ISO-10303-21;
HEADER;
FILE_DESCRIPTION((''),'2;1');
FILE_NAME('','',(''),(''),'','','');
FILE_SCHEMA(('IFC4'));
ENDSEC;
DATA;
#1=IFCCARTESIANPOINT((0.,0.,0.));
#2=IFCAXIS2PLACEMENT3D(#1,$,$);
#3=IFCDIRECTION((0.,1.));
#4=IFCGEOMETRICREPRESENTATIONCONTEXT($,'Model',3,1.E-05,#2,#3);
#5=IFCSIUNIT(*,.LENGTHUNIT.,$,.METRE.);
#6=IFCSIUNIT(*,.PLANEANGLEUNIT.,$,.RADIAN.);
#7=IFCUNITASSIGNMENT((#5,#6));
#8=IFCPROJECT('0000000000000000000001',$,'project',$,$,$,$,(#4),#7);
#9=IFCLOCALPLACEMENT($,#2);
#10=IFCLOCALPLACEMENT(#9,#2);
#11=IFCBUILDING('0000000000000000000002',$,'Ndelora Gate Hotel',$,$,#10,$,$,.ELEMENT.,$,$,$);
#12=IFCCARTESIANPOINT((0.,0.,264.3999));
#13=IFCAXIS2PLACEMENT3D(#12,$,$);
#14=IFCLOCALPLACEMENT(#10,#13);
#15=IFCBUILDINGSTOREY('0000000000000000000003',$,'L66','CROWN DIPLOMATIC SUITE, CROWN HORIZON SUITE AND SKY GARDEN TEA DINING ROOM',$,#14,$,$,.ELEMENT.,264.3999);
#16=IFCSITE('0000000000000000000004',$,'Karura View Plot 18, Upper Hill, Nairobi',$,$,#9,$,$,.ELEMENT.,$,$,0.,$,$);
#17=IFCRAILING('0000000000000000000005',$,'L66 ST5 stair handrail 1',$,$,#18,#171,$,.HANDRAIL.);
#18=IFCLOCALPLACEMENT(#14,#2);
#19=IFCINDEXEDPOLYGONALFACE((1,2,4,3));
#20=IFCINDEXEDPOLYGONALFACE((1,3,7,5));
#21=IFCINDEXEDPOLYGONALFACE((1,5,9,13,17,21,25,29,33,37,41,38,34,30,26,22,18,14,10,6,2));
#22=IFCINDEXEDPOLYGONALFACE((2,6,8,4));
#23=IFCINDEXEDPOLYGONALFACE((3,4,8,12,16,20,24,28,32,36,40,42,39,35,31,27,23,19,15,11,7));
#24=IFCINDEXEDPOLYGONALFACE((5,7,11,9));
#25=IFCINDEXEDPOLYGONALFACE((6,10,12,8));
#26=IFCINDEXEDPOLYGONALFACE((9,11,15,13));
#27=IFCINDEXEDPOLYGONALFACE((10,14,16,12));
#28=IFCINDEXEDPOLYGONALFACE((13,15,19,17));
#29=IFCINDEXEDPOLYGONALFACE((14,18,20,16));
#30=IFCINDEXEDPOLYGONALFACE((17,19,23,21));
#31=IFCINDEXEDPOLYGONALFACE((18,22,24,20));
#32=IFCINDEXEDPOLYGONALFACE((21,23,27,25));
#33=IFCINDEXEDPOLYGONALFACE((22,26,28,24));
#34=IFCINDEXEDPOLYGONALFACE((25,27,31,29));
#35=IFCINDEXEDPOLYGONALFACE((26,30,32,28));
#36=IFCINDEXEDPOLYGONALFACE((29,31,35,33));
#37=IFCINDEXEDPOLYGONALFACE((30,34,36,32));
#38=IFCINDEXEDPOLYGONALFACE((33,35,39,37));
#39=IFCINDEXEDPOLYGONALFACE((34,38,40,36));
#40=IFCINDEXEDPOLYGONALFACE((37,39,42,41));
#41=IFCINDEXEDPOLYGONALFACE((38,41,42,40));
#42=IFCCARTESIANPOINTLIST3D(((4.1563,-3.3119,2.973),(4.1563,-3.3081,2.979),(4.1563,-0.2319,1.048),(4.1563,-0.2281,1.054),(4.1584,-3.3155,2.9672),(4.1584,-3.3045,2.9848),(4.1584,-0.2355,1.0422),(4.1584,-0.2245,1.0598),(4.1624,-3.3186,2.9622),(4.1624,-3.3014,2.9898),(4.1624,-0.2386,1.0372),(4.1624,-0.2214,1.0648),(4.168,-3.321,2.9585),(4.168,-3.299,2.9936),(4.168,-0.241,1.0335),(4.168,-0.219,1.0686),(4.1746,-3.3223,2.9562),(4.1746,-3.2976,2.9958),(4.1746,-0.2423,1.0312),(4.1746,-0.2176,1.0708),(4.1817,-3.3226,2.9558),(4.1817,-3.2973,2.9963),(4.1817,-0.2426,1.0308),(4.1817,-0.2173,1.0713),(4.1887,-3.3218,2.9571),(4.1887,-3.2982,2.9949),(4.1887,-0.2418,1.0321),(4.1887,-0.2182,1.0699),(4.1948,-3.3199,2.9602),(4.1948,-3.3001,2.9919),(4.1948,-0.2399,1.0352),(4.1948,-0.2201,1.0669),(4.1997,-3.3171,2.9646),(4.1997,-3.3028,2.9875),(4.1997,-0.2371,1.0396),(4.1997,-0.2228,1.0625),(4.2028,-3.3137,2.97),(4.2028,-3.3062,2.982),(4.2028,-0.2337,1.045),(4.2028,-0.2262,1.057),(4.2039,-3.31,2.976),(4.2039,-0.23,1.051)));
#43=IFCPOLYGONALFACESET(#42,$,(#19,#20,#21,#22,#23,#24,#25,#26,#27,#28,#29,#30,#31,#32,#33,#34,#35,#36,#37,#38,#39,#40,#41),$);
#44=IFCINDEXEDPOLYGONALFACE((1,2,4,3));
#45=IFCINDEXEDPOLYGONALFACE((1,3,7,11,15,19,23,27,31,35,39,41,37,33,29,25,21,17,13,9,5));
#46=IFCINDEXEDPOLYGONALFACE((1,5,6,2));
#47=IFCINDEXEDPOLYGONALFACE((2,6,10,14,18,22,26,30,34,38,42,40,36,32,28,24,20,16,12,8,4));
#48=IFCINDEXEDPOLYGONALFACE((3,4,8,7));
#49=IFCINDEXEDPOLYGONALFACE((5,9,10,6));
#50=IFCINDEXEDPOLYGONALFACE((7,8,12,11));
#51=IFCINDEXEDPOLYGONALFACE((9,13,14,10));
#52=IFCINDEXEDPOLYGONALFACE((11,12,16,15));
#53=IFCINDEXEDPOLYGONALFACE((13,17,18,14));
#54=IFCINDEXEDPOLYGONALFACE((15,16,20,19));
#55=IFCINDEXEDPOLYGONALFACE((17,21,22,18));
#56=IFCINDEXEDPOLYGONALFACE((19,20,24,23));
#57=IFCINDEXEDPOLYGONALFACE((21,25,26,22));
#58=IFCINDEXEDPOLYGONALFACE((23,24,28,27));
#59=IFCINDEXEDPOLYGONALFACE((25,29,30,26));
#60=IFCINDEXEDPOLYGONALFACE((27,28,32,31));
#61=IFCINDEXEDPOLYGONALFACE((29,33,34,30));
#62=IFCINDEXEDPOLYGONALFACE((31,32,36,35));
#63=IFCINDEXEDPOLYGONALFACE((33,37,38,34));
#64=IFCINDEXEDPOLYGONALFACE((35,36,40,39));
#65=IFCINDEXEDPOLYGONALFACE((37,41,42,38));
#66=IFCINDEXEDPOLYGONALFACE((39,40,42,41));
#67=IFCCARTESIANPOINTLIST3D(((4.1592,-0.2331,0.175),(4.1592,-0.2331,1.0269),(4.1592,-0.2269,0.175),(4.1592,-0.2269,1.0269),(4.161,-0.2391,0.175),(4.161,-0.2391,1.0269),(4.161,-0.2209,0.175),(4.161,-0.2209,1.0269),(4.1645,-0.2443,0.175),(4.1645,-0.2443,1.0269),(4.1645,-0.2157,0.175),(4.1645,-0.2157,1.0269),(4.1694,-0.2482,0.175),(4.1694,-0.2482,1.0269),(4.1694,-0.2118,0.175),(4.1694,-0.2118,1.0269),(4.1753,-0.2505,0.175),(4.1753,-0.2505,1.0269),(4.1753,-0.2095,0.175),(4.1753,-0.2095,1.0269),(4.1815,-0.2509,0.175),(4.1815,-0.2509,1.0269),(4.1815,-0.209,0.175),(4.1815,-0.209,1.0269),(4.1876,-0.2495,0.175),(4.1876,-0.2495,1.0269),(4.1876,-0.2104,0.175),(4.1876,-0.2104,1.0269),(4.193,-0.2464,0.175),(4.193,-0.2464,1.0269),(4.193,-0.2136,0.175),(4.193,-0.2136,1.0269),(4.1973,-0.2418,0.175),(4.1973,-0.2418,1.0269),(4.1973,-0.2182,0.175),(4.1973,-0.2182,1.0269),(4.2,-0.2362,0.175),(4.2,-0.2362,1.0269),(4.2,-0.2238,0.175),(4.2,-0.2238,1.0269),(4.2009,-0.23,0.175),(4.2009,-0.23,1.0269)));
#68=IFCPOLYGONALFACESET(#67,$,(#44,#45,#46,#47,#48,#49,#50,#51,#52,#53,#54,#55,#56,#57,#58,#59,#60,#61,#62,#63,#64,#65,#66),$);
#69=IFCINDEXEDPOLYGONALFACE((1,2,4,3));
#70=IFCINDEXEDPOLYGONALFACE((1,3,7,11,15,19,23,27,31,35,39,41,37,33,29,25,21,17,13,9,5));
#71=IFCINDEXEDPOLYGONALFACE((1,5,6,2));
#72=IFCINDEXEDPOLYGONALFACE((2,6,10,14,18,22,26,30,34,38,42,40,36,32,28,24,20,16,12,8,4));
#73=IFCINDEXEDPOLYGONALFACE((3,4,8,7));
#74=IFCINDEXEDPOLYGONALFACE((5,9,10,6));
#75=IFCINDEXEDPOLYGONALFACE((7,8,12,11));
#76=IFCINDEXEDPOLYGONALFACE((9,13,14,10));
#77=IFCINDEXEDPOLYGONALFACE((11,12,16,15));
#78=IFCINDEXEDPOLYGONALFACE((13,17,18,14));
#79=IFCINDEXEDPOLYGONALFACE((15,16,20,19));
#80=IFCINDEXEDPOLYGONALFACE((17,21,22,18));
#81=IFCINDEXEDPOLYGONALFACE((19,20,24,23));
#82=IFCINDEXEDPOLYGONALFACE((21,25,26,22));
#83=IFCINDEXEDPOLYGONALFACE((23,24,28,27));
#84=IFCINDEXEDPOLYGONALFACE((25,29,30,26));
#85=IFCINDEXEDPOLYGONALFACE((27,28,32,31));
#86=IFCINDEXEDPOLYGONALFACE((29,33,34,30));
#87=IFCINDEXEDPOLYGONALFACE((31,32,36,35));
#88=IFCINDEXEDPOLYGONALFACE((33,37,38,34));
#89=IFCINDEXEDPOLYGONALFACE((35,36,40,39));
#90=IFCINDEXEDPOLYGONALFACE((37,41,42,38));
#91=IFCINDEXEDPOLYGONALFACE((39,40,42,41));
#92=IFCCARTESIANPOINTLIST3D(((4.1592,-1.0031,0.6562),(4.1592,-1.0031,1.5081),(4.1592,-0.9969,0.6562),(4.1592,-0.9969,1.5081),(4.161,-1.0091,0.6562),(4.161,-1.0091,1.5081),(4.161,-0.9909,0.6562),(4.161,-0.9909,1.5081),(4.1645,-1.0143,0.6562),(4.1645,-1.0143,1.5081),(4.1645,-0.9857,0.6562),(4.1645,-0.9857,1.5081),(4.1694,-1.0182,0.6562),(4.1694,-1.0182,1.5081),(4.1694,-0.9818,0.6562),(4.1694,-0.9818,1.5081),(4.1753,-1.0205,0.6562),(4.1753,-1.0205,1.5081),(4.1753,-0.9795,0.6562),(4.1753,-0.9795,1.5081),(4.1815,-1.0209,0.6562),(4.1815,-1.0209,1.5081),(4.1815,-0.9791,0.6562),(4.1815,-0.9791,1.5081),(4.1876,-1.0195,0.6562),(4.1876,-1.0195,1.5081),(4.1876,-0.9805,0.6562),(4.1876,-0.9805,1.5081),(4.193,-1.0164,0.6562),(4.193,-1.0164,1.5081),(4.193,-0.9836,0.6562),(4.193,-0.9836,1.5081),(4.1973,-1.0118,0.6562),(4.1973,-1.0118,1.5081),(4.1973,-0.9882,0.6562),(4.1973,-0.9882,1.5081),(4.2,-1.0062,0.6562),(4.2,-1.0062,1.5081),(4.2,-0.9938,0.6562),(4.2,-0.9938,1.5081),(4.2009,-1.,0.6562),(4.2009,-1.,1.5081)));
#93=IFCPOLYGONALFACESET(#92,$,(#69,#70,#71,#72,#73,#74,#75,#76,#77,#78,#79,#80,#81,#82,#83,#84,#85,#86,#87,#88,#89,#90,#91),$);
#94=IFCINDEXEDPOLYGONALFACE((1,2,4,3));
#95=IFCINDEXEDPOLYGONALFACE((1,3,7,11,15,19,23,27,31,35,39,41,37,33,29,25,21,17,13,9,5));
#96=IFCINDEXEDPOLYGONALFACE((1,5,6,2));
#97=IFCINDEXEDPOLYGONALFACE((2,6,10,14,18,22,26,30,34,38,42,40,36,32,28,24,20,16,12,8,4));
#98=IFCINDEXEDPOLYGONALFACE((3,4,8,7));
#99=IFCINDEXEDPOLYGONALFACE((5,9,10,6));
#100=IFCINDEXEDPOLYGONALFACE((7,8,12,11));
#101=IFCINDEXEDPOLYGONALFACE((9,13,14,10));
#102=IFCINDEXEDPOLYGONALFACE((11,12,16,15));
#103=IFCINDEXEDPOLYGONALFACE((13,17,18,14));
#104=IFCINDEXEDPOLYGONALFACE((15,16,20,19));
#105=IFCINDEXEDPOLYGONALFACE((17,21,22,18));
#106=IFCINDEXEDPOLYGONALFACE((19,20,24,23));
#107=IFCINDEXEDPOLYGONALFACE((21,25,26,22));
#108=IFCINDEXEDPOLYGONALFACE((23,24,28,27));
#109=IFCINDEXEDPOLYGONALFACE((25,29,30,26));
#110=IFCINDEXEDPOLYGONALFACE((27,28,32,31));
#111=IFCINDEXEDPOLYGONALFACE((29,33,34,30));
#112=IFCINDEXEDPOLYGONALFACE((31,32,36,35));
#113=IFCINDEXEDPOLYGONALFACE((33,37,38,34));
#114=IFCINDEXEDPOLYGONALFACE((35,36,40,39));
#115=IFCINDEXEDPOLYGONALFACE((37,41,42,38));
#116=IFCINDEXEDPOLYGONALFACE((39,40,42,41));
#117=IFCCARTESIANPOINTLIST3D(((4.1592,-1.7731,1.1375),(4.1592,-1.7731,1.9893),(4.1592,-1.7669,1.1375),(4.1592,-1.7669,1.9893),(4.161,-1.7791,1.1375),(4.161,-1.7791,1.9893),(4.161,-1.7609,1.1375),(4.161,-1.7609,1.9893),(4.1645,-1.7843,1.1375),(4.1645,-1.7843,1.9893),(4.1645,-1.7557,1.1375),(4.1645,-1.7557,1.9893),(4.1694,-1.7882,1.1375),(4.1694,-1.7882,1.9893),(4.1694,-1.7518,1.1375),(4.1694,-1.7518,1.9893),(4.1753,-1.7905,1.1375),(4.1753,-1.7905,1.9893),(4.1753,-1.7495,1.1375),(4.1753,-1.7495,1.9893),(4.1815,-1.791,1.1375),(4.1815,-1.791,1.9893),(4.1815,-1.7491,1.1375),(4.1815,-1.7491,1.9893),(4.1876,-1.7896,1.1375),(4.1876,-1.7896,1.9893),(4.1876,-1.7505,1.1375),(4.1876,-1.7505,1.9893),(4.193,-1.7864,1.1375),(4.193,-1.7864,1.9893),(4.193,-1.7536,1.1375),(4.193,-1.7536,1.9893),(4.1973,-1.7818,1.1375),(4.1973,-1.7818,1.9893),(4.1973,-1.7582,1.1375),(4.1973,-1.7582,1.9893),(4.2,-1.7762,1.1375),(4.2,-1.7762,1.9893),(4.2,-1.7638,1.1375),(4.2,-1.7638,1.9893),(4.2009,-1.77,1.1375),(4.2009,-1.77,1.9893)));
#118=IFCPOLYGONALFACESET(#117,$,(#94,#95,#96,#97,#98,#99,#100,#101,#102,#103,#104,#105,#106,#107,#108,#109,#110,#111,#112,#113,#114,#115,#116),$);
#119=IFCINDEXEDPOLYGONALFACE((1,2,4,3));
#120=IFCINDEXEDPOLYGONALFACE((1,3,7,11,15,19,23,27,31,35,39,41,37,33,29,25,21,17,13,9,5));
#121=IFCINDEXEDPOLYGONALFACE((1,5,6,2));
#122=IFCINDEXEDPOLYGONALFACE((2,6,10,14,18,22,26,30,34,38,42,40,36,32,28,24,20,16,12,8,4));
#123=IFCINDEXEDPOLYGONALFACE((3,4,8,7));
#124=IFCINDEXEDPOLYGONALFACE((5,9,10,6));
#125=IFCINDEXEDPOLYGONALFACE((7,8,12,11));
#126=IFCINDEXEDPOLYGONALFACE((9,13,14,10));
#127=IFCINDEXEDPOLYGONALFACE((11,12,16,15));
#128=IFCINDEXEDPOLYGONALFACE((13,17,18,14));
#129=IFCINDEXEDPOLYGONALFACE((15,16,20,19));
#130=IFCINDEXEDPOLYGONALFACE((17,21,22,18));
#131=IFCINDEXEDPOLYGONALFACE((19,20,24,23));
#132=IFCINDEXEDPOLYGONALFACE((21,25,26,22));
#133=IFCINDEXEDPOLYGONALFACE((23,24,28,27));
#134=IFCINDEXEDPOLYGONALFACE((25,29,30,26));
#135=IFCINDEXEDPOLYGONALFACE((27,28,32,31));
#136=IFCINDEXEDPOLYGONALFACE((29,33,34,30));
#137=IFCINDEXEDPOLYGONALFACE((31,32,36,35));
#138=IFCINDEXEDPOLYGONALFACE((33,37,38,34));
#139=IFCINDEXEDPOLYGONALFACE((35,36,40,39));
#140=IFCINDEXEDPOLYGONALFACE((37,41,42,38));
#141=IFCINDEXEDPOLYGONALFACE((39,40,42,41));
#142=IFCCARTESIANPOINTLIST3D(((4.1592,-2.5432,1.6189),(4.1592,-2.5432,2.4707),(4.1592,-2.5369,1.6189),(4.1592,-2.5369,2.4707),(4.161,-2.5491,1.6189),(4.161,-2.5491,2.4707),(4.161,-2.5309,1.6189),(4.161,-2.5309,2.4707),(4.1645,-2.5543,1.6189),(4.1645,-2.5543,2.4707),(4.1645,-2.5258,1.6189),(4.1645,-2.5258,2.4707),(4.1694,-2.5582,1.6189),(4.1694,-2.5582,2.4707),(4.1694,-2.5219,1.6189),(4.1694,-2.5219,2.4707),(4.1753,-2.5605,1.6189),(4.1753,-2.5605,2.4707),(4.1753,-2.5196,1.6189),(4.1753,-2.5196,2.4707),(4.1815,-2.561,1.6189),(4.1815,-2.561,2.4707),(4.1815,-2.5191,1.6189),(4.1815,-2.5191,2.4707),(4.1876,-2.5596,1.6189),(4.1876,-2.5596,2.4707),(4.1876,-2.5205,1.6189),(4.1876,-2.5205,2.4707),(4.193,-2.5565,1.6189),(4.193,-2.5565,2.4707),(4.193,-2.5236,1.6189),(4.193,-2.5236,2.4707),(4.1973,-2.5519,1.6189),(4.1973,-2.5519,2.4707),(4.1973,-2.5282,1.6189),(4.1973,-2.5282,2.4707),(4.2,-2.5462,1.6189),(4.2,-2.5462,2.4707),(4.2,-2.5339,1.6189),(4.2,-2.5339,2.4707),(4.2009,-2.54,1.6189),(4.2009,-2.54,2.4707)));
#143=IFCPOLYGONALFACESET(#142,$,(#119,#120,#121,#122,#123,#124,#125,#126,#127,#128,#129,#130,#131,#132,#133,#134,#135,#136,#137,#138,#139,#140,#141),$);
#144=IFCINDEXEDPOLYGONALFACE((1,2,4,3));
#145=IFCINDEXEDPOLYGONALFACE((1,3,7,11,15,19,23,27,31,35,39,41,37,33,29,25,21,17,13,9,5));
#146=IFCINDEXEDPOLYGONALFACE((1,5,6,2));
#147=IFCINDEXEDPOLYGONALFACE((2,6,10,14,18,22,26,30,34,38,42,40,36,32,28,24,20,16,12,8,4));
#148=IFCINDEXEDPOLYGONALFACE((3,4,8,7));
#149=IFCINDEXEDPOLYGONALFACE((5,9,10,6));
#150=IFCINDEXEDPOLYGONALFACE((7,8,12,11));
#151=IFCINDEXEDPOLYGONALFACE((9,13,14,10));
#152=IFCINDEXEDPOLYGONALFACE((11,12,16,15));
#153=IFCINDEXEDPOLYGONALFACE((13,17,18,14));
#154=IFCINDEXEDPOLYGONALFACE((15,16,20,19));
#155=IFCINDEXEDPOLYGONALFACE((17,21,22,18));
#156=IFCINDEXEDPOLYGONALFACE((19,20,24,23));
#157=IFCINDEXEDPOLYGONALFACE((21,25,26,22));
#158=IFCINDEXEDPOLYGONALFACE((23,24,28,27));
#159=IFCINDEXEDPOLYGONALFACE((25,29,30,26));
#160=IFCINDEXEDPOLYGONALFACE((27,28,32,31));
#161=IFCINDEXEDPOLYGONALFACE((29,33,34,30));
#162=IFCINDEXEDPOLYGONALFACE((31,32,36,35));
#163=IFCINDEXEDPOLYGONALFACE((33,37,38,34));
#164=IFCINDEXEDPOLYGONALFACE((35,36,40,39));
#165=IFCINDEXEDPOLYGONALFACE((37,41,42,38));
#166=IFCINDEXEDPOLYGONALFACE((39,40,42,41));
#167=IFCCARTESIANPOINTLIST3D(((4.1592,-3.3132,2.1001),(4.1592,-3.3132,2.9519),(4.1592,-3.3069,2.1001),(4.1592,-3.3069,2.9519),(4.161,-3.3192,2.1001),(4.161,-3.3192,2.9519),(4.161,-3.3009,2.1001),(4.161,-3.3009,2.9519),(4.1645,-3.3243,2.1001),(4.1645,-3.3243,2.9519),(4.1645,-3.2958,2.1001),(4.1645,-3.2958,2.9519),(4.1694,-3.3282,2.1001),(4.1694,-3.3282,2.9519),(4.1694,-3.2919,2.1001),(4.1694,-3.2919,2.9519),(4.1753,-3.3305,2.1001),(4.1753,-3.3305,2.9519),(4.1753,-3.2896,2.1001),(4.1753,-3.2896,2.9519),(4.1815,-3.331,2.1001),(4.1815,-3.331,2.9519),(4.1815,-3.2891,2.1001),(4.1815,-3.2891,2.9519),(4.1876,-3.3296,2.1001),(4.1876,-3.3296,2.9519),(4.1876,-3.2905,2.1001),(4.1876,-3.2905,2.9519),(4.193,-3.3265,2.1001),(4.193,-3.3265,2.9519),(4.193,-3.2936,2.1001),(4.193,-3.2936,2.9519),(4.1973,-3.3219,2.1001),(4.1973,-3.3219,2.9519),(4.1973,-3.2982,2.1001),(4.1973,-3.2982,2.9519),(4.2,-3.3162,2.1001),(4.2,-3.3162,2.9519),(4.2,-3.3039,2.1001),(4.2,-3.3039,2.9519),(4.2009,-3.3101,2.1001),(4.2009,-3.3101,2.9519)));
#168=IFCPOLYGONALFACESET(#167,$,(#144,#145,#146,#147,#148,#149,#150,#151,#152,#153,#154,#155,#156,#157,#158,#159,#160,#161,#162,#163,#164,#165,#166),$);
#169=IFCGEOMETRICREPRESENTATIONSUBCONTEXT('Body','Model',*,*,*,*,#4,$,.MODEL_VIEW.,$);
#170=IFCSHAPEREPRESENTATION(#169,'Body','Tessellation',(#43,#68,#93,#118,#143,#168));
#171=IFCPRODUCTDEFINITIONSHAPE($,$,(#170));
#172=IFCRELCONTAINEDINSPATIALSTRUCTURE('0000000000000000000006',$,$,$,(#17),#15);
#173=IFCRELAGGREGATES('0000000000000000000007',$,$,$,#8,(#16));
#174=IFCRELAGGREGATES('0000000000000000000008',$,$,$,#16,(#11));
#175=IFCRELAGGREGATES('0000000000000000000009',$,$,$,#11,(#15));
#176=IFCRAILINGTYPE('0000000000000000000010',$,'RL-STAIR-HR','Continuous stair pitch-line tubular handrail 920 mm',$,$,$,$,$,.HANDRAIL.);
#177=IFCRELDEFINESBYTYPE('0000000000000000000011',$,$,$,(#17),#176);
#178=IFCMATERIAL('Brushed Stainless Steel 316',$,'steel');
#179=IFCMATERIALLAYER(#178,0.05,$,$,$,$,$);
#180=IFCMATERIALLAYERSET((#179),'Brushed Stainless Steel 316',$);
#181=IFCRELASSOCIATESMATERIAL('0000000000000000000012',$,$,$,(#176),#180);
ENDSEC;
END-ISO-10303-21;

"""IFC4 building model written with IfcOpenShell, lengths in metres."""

from ifc_helpers import new_model, si_unit, direction, frame, origin, origin_2d, place, context, subcontext, project, spatial, circle, extrude, material, layer, layer_set, type_object, element, save


model = new_model("IFC4")

# Units and contexts
model_context = context("Model", 3, precision=1e-05, world=origin(), true_north=direction((0.0, 1.0)))
body_context = subcontext(model_context, "Body", "Model", "MODEL_VIEW")
ifc_project = project(units=[si_unit("LENGTHUNIT", "METRE"), si_unit("PLANEANGLEUNIT", "RADIAN")], contexts=[model_context])

# Site, building, storey
site_placement = place(None, origin())
site = spatial("IfcSite", under=ifc_project, at=site_placement, Name="Karura View Plot 18, Upper Hill, Nairobi", CompositionType="ELEMENT", RefElevation=0.0)
building_placement = place(site_placement, origin())
building = spatial("IfcBuilding", under=site, at=building_placement, Name="Ndelora Gate Hotel", CompositionType="ELEMENT")
storey_placement = place(building_placement, frame((0.0, 0.0, 264.3999)))
storey = spatial("IfcBuildingStorey", under=building, at=storey_placement, Name="L66", Description="CROWN DIPLOMATIC SUITE, CROWN HORIZON SUITE AND SKY GARDEN TEA DINING ROOM", CompositionType="ELEMENT", Elevation=264.3999)

# Railing
ifc_material_1 = material(Name="Brushed Stainless Steel 316", Category="steel")
ifc_layer_1 = layer(ifc_material_1, 0.05)
ifc_layer_set_1 = layer_set([ifc_layer_1], Name="Brushed Stainless Steel 316")
railing_type_1 = type_object("IfcRailingType", Name="RL-STAIR-HR", Description="Continuous stair pitch-line tubular handrail 920 mm", PredefinedType="HANDRAIL", material=ifc_layer_set_1)
railing_1_placement = place(storey_placement, frame((4.1799, -0.23, 0.175)))
element("IfcRailing", 1, at=railing_1_placement, inside=storey, type_object=railing_type_1, Name="L66 ST5 stair handrail 1", PredefinedType="HANDRAIL", context=body_context, shape_type="SweptSolid", body=[
    extrude(circle(Radius=0.0239, at=origin_2d()), frame((0.0, 0.0, 0.876), z_axis=(0.0, -0.847998, 0.529999), x_axis=(1.0, 0.0, 0.0)), (0.0, 0.0, 1.0), 3.6321),
    extrude(circle(Radius=0.021, at=origin_2d()), origin(), (0.0, 0.0, 1.0), 0.8518),
    extrude(circle(Radius=0.021, at=origin_2d()), frame((0.0, -0.77, 0.4812)), (0.0, 0.0, 1.0), 0.8518),
    extrude(circle(Radius=0.021, at=origin_2d()), frame((0.0, -1.54, 0.9624)), (0.0, 0.0, 1.0), 0.8518),
    extrude(circle(Radius=0.021, at=origin_2d()), frame((0.0, -2.3101, 1.4438)), (0.0, 0.0, 1.0), 0.8518),
    extrude(circle(Radius=0.021, at=origin_2d()), frame((0.0, -3.0801, 1.925)), (0.0, 0.0, 1.0), 0.8518),
])

save(model, "model.ifc")
